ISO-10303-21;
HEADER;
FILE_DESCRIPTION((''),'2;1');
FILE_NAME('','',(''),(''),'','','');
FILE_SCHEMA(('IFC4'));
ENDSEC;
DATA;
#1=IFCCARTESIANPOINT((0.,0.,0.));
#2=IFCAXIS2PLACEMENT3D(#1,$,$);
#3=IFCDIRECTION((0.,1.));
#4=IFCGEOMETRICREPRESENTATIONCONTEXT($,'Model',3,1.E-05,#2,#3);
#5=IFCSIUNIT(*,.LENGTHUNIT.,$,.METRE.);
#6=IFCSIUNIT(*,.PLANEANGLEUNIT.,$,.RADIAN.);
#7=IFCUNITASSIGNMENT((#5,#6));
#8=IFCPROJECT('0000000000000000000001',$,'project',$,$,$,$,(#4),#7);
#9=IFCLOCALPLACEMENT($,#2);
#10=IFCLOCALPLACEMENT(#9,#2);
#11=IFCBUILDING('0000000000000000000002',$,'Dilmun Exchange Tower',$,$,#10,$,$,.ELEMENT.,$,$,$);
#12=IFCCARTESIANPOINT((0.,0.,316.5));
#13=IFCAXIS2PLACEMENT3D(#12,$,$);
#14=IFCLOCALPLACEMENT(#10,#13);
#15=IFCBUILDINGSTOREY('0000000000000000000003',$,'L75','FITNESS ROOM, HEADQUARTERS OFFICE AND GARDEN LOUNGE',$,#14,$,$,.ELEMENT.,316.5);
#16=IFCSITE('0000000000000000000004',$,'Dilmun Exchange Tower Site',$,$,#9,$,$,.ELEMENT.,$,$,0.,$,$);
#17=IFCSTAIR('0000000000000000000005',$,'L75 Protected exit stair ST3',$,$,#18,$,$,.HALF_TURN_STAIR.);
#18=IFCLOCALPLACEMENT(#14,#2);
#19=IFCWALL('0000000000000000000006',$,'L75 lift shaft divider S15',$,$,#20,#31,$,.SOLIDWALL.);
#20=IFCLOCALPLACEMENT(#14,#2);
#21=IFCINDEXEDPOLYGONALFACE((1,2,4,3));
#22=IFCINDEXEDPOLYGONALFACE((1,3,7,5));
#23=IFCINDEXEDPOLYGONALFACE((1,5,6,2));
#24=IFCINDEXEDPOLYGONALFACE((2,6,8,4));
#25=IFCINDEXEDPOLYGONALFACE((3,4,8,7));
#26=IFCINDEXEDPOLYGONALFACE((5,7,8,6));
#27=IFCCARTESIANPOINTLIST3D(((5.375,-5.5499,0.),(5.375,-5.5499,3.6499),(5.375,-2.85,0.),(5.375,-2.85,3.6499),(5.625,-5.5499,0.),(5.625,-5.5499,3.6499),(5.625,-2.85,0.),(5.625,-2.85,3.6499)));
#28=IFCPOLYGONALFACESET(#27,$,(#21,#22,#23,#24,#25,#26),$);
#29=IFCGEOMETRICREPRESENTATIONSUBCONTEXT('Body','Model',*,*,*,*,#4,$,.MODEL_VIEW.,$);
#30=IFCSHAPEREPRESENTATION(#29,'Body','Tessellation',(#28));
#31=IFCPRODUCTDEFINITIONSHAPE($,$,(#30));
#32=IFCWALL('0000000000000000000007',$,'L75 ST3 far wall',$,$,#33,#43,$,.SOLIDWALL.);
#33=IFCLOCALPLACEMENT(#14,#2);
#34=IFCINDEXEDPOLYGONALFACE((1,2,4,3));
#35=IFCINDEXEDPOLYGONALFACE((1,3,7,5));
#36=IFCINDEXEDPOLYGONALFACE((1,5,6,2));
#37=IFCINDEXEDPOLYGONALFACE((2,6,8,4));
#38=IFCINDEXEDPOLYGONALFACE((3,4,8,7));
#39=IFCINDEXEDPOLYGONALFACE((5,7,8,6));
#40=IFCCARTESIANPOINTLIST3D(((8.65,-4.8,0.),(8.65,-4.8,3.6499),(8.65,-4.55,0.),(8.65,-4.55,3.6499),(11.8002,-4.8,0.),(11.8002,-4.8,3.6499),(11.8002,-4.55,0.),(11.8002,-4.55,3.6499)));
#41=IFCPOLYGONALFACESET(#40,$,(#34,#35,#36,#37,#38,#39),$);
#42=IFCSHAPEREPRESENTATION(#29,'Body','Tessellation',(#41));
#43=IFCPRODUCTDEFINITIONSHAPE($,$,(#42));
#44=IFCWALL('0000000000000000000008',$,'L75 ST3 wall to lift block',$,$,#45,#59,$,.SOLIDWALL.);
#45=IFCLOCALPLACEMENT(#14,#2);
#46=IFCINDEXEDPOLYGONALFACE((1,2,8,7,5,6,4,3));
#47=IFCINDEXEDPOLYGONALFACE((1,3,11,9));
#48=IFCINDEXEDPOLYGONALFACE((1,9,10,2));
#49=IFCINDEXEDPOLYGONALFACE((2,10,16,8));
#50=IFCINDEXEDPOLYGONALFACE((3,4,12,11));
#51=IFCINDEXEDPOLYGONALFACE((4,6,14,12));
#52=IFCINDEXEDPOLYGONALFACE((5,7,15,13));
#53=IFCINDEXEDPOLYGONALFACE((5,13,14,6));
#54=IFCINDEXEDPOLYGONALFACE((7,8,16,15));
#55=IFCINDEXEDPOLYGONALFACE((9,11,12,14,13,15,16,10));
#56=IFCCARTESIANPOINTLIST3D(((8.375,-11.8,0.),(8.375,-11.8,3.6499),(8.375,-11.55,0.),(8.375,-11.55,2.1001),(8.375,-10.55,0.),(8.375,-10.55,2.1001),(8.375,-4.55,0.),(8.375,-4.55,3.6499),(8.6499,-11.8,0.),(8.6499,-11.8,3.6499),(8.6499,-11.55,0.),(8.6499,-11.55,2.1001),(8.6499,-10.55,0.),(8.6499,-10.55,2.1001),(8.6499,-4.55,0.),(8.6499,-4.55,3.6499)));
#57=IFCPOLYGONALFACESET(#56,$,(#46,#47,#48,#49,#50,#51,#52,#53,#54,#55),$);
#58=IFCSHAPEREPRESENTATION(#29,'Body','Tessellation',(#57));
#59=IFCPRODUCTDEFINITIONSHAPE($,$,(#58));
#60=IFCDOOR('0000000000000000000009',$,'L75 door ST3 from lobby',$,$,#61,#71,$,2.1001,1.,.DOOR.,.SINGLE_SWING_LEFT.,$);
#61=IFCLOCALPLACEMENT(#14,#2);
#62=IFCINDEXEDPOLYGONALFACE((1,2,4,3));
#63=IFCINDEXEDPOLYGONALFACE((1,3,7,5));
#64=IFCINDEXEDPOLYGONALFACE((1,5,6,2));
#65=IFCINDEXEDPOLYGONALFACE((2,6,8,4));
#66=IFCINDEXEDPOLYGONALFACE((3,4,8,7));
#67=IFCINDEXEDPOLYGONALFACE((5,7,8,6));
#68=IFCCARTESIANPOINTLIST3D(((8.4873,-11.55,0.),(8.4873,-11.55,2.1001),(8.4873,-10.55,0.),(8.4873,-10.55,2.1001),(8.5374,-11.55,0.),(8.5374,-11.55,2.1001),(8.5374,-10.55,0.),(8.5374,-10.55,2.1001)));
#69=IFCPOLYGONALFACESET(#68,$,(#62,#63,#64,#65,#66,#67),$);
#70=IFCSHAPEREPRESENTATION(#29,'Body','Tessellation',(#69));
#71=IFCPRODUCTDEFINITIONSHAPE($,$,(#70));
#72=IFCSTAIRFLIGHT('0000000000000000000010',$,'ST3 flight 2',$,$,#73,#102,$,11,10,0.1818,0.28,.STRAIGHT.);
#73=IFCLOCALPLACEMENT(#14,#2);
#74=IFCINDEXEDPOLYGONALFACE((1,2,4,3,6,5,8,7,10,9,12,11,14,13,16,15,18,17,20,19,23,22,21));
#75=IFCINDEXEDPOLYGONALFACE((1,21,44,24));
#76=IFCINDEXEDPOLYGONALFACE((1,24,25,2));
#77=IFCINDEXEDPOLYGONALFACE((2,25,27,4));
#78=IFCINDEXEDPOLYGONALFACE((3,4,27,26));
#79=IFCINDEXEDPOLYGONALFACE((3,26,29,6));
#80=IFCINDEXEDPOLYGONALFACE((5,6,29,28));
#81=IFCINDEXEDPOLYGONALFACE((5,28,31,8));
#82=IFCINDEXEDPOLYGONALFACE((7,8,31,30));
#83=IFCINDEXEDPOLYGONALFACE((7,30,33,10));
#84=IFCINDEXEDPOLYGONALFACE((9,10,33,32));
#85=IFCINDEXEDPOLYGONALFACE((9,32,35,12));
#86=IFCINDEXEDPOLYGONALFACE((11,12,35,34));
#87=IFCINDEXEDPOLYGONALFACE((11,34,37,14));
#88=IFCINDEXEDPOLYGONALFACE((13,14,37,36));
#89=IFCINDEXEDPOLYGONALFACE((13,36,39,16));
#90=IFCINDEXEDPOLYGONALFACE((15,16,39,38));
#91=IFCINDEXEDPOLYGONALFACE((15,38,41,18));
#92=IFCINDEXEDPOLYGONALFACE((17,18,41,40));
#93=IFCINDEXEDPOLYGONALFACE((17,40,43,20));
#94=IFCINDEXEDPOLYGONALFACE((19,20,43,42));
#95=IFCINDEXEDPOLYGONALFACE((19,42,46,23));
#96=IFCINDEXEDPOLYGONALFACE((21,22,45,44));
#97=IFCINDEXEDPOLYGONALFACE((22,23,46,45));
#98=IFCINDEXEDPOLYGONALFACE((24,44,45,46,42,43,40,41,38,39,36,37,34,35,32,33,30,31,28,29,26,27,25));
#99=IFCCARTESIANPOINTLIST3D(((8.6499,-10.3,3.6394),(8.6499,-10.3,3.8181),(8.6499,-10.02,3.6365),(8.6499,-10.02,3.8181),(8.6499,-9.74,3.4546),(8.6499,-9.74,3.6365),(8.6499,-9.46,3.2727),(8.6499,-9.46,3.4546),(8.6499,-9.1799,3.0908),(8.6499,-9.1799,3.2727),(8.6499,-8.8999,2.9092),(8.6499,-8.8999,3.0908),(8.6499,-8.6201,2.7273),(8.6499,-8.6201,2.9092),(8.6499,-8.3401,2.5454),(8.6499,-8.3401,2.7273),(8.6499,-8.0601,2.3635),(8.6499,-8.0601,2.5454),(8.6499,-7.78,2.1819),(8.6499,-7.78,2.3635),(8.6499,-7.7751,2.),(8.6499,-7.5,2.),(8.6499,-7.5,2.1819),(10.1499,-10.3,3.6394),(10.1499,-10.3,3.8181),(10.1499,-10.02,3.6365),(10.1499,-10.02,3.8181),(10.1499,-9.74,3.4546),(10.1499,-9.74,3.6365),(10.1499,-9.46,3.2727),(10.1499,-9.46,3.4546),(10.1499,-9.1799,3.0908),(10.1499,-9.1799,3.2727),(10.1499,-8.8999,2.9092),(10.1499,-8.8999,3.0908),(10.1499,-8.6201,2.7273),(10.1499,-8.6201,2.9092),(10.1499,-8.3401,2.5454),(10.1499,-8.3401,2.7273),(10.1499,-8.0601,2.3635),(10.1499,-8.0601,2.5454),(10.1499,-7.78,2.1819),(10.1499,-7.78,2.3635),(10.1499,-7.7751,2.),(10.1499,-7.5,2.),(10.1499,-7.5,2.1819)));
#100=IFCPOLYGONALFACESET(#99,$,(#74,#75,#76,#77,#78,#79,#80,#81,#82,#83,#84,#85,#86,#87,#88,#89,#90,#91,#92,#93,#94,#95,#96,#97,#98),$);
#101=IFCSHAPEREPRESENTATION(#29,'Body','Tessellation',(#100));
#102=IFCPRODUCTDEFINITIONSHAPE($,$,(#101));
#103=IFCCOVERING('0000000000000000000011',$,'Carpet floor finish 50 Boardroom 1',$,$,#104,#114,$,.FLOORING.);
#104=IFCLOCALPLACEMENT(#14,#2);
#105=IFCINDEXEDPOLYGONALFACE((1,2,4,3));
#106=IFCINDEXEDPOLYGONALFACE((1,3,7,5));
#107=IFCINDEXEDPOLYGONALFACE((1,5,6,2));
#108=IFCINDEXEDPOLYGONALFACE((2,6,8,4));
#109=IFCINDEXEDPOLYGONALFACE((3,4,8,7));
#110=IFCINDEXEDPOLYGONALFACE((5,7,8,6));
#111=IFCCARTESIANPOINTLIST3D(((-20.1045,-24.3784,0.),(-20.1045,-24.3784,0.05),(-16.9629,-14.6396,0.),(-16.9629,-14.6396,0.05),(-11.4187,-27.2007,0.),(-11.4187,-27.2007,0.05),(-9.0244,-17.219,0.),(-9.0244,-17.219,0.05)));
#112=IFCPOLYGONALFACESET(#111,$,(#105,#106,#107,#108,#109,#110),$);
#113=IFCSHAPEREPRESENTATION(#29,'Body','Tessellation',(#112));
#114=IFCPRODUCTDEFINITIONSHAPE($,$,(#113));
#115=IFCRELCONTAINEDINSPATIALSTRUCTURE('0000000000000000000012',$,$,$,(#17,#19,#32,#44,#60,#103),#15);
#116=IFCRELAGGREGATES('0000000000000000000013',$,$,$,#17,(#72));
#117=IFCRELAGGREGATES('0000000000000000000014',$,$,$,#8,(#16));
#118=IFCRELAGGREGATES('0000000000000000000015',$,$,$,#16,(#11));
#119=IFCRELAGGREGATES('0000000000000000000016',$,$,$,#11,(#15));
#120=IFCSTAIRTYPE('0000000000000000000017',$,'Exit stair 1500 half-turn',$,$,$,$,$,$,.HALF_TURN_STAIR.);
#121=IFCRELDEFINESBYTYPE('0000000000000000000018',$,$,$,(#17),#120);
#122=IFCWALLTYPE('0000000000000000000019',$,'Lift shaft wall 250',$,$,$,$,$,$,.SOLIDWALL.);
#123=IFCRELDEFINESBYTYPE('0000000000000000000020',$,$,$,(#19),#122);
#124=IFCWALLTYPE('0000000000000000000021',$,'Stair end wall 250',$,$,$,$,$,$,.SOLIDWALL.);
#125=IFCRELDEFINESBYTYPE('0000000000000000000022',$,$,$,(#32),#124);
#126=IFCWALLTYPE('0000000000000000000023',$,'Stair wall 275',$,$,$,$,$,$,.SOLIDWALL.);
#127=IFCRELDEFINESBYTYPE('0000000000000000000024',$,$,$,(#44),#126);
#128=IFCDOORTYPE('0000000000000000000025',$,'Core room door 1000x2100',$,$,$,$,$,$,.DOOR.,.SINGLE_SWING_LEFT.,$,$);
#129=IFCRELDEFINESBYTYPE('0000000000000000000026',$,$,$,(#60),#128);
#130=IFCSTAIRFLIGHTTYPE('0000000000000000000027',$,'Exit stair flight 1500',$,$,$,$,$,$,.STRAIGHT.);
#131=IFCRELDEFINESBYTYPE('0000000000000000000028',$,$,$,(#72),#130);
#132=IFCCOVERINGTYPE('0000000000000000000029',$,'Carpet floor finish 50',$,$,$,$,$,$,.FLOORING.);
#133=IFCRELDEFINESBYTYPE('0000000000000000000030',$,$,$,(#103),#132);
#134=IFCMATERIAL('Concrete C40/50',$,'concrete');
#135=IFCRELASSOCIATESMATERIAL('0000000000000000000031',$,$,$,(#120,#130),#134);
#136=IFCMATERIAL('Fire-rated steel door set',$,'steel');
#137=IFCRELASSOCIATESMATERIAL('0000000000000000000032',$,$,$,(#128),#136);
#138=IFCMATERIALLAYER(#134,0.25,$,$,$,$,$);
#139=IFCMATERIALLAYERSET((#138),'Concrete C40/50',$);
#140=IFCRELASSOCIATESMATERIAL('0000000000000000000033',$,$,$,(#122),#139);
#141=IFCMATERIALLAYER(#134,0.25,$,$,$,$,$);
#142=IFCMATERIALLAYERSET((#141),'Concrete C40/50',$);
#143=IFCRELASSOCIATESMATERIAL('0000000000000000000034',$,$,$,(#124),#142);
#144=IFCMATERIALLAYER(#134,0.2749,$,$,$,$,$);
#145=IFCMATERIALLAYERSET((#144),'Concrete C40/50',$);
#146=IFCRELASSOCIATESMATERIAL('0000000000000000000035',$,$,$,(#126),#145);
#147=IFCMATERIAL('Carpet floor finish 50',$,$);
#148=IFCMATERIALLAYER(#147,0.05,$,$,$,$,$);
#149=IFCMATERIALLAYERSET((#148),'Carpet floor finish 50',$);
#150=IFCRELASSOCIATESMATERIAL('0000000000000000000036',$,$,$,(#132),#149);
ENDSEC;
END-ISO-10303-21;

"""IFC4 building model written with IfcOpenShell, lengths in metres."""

from ifc_helpers import new_model, si_unit, direction, frame, frame_2d, origin, place, context, subcontext, project, spatial, polyline, rectangle, outline, extrude, material, layer, layer_set, type_object, element, fill, aggregate, save


model = new_model("IFC4")

# Units and contexts
model_context = context("Model", 3, precision=1e-05, world=origin(), true_north=direction((0.0, 1.0)))
body_context = subcontext(model_context, "Body", "Model", "MODEL_VIEW")
ifc_project = project(units=[si_unit("LENGTHUNIT", "METRE"), si_unit("PLANEANGLEUNIT", "RADIAN")], contexts=[model_context])

# Site, building, storey
site_placement = place(None, origin())
site = spatial("IfcSite", under=ifc_project, at=site_placement, Name="Dilmun Exchange Tower Site", CompositionType="ELEMENT", RefElevation=0.0)
building_placement = place(site_placement, origin())
building = spatial("IfcBuilding", under=site, at=building_placement, Name="Dilmun Exchange Tower", CompositionType="ELEMENT")
storey_placement = place(building_placement, frame((0.0, 0.0, 316.5)))
storey = spatial("IfcBuildingStorey", under=building, at=storey_placement, Name="L75", Description="FITNESS ROOM, HEADQUARTERS OFFICE AND GARDEN LOUNGE", CompositionType="ELEMENT", Elevation=316.5)

# Shared definitions
ifc_material_1 = material(Name="Concrete C40/50", Category="concrete")

# Stair
stair_type = type_object("IfcStairType", Name="Exit stair 1500 half-turn", PredefinedType="HALF_TURN_STAIR", material=ifc_material_1)
stair_1_placement = place(storey_placement, origin())
stair_1 = element("IfcStair", 1, at=stair_1_placement, inside=storey, type_object=stair_type, Name="L75 Protected exit stair ST3", PredefinedType="HALF_TURN_STAIR")

# Shared definitions
ifc_material_2 = material(Name="Fire-rated steel door set", Category="steel")

# Shared definitions
door_type_1 = type_object("IfcDoorType", Name="Core room door 1000x2100", OperationType="SINGLE_SWING_LEFT", PredefinedType="DOOR", material=ifc_material_2)

# Walls
ifc_layer_1 = layer(ifc_material_1, 0.25)
ifc_layer_set_1 = layer_set([ifc_layer_1], Name="Concrete C40/50")
wall_type_1 = type_object("IfcWallType", Name="Lift shaft wall 250", PredefinedType="SOLIDWALL", material=ifc_layer_set_1)
for number, where, z_axis, x_axis, name in (
    (2, (5.5, -5.55, 0.0), (0.0, 0.0, 1.0), (0.0, 1.0, 0.0), "L75 lift shaft divider S15"),
):
    element("IfcWall", number, at=place(storey_placement, frame(where, z_axis=z_axis, x_axis=x_axis)), inside=storey, type_object=wall_type_1, Name=name, PredefinedType="SOLIDWALL", context=body_context, shape_type="SweptSolid", body=[
        extrude(rectangle(XDim=2.7, YDim=0.25, at=frame_2d((1.3501, 0.0))), origin(), (0.0, 0.0, 1.0), 3.6499),
    ])
ifc_layer_2 = layer(ifc_material_1, 0.25)
ifc_layer_set_2 = layer_set([ifc_layer_2], Name="Concrete C40/50")
wall_type_2 = type_object("IfcWallType", Name="Stair end wall 250", PredefinedType="SOLIDWALL", material=ifc_layer_set_2)
wall_1_placement = place(storey_placement, frame((8.6499, -4.675, 0.0), z_axis=(0.0, 0.0, 1.0), x_axis=(1.0, 0.0, 0.0)))
element("IfcWall", 3, at=wall_1_placement, inside=storey, type_object=wall_type_2, Name="L75 ST3 far wall", PredefinedType="SOLIDWALL", context=body_context, shape_type="SweptSolid", body=[
    extrude(rectangle(XDim=3.1501, YDim=0.25, at=frame_2d((1.5752, 0.0))), origin(), (0.0, 0.0, 1.0), 3.6499),
])

# Wall, opening, door
ifc_layer_3 = layer(ifc_material_1, 0.2749)
ifc_layer_set_3 = layer_set([ifc_layer_3], Name="Concrete C40/50")
wall_type_3 = type_object("IfcWallType", Name="Stair wall 275", PredefinedType="SOLIDWALL", material=ifc_layer_set_3)
wall_2_placement = place(storey_placement, frame((8.5125, -4.55, 0.0), z_axis=(0.0, 0.0, 1.0), x_axis=(0.0, -1.0, 0.0)))
wall_2 = element("IfcWall", 4, at=wall_2_placement, inside=storey, type_object=wall_type_3, Name="L75 ST3 wall to lift block", PredefinedType="SOLIDWALL", context=body_context, shape_type="SweptSolid", body=[
    extrude(rectangle(XDim=7.25, YDim=0.2749, at=frame_2d((3.625, 0.0))), origin(), (0.0, 0.0, 1.0), 3.6499),
])
opening_1_placement = place(wall_2_placement, frame((6.0, 0.0, 0.0)))
opening_1 = element("IfcOpeningElement", 5, at=opening_1_placement, cuts=wall_2, PredefinedType="OPENING", context=body_context, shape_type="SweptSolid", body=[
    extrude(rectangle(XDim=1.0, YDim=2.1001, at=frame_2d((0.5, 1.05))), frame((0.0, 0.1475, 0.0), z_axis=(0.0, -1.0, 0.0), x_axis=(1.0, 0.0, 0.0)), (0.0, 0.0, 1.0), 0.2949),
])
door_1_placement = place(opening_1_placement, origin())
door_1 = element("IfcDoor", 6, at=door_1_placement, inside=storey, type_object=door_type_1, Name="L75 door ST3 from lobby", OperationType="SINGLE_SWING_LEFT", OverallHeight=2.1001, OverallWidth=1.0, PredefinedType="DOOR", context=body_context, shape_type="SweptSolid", body=[
    extrude(rectangle(XDim=1.0, YDim=2.1001, at=frame_2d((0.5, 1.05))), frame((0.0, 0.0249, 0.0), z_axis=(0.0, -1.0, 0.0), x_axis=(1.0, 0.0, 0.0)), (0.0, 0.0, 1.0), 0.05),
])
fill(opening_1, door_1)

# Stair flight
stair_flight_type = type_object("IfcStairFlightType", Name="Exit stair flight 1500", PredefinedType="STRAIGHT", material=ifc_material_1)
stair_flight_placement = place(storey_placement, frame((9.3999, -7.5, 2.0), z_axis=(0.0, 0.0, 1.0), x_axis=(0.0, -1.0, 0.0)))
stair_flight = element("IfcStairFlight", 7, at=stair_flight_placement, type_object=stair_flight_type, Name="ST3 flight 2", NumberOfRisers=11, NumberOfTreads=10, PredefinedType="STRAIGHT", RiserHeight=0.1818, TreadLength=0.28, context=body_context, shape_type="SweptSolid", body=[
    extrude(outline(polyline([(0.0, 0.0), (0.0, 0.1819), (0.28, 0.1819), (0.28, 0.3635), (0.5601, 0.3635), (0.5601, 0.5454), (0.8401, 0.5454), (0.8401, 0.7273), (1.1201, 0.7273), (1.1201, 0.9092), (1.3999, 0.9092), (1.3999, 1.0908), (1.6799, 1.0908), (1.6799, 1.2727), (1.96, 1.2727), (1.96, 1.4546), (2.24, 1.4546), (2.24, 1.6365), (2.52, 1.6365), (2.52, 1.8181), (2.8, 1.8181), (2.8, 2.0), (2.8, 1.6394), (0.2751, 0.0), (0.0, 0.0)])), frame((0.0, 0.75, 0.0), z_axis=(0.0, -1.0, 0.0), x_axis=(1.0, 0.0, 0.0)), (0.0, 0.0, 1.0), 1.5),
])
aggregate(stair_1, [stair_flight])

# Covering
ifc_material_3 = material(Name="Carpet floor finish 50")
ifc_layer_4 = layer(ifc_material_3, 0.05)
ifc_layer_set_4 = layer_set([ifc_layer_4], Name="Carpet floor finish 50")
covering_type_1 = type_object("IfcCoveringType", Name="Carpet floor finish 50", PredefinedType="FLOORING", material=ifc_layer_set_4)
covering_1_placement = place(storey_placement, origin())
element("IfcCovering", 8, at=covering_1_placement, inside=storey, type_object=covering_type_1, Name="Carpet floor finish 50 Boardroom 1", PredefinedType="FLOORING", context=body_context, shape_type="SweptSolid", body=[
    extrude(outline(polyline([(-9.0244, -17.219), (-11.4187, -27.2007), (-20.1045, -24.3784), (-16.9629, -14.6396), (-9.0244, -17.219)])), origin(), (0.0, 0.0, 1.0), 0.05),
])

save(model, "model.ifc")
